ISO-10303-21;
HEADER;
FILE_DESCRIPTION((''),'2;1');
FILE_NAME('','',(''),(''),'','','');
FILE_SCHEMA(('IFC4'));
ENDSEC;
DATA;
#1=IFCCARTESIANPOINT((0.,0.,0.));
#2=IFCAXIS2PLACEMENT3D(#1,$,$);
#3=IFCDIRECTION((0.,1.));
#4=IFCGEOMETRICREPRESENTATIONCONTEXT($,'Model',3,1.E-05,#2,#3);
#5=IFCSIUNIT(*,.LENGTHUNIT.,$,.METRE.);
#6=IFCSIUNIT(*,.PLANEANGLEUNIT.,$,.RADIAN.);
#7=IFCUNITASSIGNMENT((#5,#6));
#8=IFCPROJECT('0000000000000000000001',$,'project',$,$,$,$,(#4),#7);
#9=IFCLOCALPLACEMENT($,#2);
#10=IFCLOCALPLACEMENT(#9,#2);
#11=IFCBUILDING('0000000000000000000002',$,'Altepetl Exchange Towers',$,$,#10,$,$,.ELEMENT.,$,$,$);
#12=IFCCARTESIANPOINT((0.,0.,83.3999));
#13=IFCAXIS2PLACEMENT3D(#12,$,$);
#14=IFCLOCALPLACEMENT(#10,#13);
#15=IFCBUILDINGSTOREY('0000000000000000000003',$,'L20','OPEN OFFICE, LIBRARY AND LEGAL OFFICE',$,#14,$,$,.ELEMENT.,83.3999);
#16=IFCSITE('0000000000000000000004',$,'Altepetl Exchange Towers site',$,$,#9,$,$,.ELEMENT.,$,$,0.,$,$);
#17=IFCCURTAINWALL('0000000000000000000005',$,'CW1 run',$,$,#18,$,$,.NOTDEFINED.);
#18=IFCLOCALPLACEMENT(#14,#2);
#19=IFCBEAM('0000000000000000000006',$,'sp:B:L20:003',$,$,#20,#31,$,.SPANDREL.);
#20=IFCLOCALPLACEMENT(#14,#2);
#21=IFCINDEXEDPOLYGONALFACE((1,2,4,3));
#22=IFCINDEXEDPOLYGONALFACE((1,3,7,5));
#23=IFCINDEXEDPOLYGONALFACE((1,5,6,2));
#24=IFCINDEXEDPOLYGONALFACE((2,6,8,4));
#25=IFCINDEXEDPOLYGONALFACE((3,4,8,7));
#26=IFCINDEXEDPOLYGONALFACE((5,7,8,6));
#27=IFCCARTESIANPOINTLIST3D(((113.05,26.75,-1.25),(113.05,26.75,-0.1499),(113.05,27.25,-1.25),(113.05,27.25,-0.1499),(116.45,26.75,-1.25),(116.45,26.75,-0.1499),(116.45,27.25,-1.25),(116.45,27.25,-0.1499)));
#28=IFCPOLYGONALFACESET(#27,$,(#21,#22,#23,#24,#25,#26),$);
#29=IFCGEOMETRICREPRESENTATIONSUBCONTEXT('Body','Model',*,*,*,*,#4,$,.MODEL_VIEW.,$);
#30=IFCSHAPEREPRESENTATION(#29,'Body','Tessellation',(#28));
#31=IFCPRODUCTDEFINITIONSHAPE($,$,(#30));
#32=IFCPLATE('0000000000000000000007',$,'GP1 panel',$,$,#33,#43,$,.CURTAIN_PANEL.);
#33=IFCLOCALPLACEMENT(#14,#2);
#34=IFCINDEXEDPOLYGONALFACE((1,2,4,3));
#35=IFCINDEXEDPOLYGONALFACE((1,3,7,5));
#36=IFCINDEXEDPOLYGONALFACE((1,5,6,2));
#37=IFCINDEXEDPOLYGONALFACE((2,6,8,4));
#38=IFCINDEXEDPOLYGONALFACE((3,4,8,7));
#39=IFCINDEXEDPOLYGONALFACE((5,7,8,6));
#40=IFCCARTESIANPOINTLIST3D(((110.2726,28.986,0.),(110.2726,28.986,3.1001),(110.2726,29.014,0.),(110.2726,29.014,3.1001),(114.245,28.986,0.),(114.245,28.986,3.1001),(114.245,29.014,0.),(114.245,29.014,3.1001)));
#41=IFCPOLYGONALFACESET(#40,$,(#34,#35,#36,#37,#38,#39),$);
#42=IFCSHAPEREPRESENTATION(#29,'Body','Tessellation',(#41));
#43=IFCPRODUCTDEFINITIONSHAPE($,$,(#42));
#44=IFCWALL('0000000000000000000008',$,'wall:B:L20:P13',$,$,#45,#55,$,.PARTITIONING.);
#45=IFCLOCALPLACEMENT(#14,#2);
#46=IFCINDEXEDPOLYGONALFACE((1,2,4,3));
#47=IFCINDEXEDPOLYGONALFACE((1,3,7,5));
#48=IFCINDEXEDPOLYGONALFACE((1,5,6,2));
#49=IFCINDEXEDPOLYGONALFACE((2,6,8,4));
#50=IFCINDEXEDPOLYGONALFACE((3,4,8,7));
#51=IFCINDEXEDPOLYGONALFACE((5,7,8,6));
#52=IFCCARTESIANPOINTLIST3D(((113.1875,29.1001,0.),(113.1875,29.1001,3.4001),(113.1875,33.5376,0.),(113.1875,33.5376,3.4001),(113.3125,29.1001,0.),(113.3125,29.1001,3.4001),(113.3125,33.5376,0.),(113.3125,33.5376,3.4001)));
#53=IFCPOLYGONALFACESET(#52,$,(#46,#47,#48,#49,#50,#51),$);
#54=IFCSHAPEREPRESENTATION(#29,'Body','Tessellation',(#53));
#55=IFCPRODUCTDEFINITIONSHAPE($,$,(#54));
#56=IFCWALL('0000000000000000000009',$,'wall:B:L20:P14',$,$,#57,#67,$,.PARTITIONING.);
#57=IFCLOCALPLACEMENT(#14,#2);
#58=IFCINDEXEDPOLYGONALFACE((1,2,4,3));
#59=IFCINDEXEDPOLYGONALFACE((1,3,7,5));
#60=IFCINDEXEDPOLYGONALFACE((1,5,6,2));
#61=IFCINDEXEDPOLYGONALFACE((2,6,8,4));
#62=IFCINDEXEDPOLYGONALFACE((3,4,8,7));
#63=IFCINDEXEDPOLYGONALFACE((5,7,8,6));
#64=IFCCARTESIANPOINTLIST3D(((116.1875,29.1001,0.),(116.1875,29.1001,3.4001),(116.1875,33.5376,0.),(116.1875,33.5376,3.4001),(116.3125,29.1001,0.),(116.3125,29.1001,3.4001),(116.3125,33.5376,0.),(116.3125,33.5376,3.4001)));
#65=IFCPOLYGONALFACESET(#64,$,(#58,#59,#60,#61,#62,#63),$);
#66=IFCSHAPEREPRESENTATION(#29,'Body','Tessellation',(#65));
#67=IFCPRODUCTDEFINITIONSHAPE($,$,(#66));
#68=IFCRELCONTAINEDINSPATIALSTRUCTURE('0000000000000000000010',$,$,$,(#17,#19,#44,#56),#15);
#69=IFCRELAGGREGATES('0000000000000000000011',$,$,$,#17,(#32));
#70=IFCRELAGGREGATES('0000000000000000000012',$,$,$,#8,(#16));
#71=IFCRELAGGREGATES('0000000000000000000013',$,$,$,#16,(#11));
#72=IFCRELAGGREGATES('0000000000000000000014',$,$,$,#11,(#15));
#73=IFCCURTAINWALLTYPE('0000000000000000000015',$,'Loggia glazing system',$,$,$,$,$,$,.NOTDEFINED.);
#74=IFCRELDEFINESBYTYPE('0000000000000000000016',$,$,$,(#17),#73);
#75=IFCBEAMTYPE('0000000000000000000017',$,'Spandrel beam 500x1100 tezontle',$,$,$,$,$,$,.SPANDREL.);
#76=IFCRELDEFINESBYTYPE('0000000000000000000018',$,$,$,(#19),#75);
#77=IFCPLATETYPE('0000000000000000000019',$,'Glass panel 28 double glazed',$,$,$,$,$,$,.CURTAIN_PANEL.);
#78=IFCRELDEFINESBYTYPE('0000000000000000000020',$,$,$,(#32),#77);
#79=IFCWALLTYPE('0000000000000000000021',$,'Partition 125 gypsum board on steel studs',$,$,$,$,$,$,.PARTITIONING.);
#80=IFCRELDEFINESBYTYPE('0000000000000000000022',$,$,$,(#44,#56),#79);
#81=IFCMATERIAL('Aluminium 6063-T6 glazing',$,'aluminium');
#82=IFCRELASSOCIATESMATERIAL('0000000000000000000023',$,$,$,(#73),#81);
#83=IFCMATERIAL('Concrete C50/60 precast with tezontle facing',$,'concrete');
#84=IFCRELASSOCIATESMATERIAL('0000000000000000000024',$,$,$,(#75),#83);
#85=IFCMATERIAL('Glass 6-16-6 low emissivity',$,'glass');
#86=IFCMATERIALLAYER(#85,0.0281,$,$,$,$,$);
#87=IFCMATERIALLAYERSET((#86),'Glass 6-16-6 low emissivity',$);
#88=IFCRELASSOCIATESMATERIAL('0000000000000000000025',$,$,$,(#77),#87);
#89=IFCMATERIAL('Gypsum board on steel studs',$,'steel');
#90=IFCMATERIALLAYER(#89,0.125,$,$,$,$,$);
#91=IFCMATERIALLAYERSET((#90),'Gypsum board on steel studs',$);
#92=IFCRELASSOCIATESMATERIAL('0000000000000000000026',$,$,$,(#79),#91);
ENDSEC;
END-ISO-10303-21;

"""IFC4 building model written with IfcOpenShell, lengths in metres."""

from ifc_helpers import new_model, si_unit, direction, frame, frame_2d, origin, origin_2d, place, context, subcontext, project, spatial, rectangle, extrude, material, layer, layer_set, material_profile, profile_set, type_object, element, aggregate, save


model = new_model("IFC4")

# Units and contexts
model_context = context("Model", 3, precision=1e-05, world=origin(), true_north=direction((0.0, 1.0)))
body_context = subcontext(model_context, "Body", "Model", "MODEL_VIEW")
ifc_project = project(units=[si_unit("LENGTHUNIT", "METRE"), si_unit("PLANEANGLEUNIT", "RADIAN")], contexts=[model_context])

# Site, building, storey
site_placement = place(None, origin())
site = spatial("IfcSite", under=ifc_project, at=site_placement, Name="Altepetl Exchange Towers site", CompositionType="ELEMENT", RefElevation=0.0)
building_placement = place(site_placement, origin())
building = spatial("IfcBuilding", under=site, at=building_placement, Name="Altepetl Exchange Towers", CompositionType="ELEMENT")
storey_placement = place(building_placement, frame((0.0, 0.0, 83.3999)))
storey = spatial("IfcBuildingStorey", under=building, at=storey_placement, Name="L20", Description="OPEN OFFICE, LIBRARY AND LEGAL OFFICE", CompositionType="ELEMENT", Elevation=83.3999)

# Shared definitions
ifc_material_1 = material(Name="Aluminium 6063-T6 glazing", Category="aluminium")
curtain_wall_type = type_object("IfcCurtainWallType", Name="Loggia glazing system", PredefinedType="NOTDEFINED", material=ifc_material_1)

# Curtain wall
curtain_wall_1_placement = place(storey_placement, origin())
curtain_wall_1 = element("IfcCurtainWall", 1, at=curtain_wall_1_placement, inside=storey, type_object=curtain_wall_type, Name="CW1 run", PredefinedType="NOTDEFINED")

# Beam
ifc_material_2 = material(Name="Concrete C50/60 precast with tezontle facing", Category="concrete")
ifc_material_profile_1 = material_profile(ifc_material_2, rectangle(XDim=0.5, YDim=1.1001, at=origin_2d()), Name="500 x 1100")
ifc_profile_set_1 = profile_set([ifc_material_profile_1], Name="Concrete C50/60 precast with tezontle facing")
beam_type_1 = type_object("IfcBeamType", Name="Spandrel beam 500x1100 tezontle", PredefinedType="SPANDREL", material=ifc_profile_set_1)
for number, where, z_axis, x_axis, name in (
    (2, (113.05, 27.0, -0.7), (1.0, 0.0, 0.0), (0.0, 1.0, 0.0), "sp:B:L20:003"),
):
    element("IfcBeam", number, at=place(storey_placement, frame(where, z_axis=z_axis, x_axis=x_axis)), inside=storey, type_object=beam_type_1, Name=name, PredefinedType="SPANDREL", context=body_context, shape_type="SweptSolid", body=[
        extrude(rectangle(XDim=0.5, YDim=1.1001, at=origin_2d()), origin(), (0.0, 0.0, 1.0), 3.3999),
    ])

# Plate
ifc_material_3 = material(Name="Glass 6-16-6 low emissivity", Category="glass")
ifc_layer_1 = layer(ifc_material_3, 0.0281)
ifc_layer_set_1 = layer_set([ifc_layer_1], Name="Glass 6-16-6 low emissivity")
plate_type = type_object("IfcPlateType", Name="Glass panel 28 double glazed", PredefinedType="CURTAIN_PANEL", material=ifc_layer_set_1)
plate_placement = place(storey_placement, frame((112.2588, 29.0, 0.0)))
plate = element("IfcPlate", 3, at=plate_placement, type_object=plate_type, Name="GP1 panel", PredefinedType="CURTAIN_PANEL", context=body_context, shape_type="SweptSolid", body=[
    extrude(rectangle(XDim=3.9724, YDim=0.0281, at=origin_2d()), origin(), (0.0, 0.0, 1.0), 3.1001),
])
aggregate(curtain_wall_1, [plate])

# Walls
ifc_material_4 = material(Name="Gypsum board on steel studs", Category="steel")
ifc_layer_2 = layer(ifc_material_4, 0.125)
ifc_layer_set_2 = layer_set([ifc_layer_2], Name="Gypsum board on steel studs")
wall_type_1 = type_object("IfcWallType", Name="Partition 125 gypsum board on steel studs", PredefinedType="PARTITIONING", material=ifc_layer_set_2)
for number, where, z_axis, x_axis, name in (
    (4, (113.25, 29.1001, 0.0), (0.0, 0.0, 1.0), (0.0, 1.0, 0.0), "wall:B:L20:P13"),
    (5, (116.25, 29.1001, 0.0), (0.0, 0.0, 1.0), (0.0, 1.0, 0.0), "wall:B:L20:P14"),
):
    element("IfcWall", number, at=place(storey_placement, frame(where, z_axis=z_axis, x_axis=x_axis)), inside=storey, type_object=wall_type_1, Name=name, PredefinedType="PARTITIONING", context=body_context, shape_type="SweptSolid", body=[
        extrude(rectangle(XDim=4.4375, YDim=0.125, at=frame_2d((2.2188, 0.0))), origin(), (0.0, 0.0, 1.0), 3.4001),
    ])

save(model, "model.ifc")
